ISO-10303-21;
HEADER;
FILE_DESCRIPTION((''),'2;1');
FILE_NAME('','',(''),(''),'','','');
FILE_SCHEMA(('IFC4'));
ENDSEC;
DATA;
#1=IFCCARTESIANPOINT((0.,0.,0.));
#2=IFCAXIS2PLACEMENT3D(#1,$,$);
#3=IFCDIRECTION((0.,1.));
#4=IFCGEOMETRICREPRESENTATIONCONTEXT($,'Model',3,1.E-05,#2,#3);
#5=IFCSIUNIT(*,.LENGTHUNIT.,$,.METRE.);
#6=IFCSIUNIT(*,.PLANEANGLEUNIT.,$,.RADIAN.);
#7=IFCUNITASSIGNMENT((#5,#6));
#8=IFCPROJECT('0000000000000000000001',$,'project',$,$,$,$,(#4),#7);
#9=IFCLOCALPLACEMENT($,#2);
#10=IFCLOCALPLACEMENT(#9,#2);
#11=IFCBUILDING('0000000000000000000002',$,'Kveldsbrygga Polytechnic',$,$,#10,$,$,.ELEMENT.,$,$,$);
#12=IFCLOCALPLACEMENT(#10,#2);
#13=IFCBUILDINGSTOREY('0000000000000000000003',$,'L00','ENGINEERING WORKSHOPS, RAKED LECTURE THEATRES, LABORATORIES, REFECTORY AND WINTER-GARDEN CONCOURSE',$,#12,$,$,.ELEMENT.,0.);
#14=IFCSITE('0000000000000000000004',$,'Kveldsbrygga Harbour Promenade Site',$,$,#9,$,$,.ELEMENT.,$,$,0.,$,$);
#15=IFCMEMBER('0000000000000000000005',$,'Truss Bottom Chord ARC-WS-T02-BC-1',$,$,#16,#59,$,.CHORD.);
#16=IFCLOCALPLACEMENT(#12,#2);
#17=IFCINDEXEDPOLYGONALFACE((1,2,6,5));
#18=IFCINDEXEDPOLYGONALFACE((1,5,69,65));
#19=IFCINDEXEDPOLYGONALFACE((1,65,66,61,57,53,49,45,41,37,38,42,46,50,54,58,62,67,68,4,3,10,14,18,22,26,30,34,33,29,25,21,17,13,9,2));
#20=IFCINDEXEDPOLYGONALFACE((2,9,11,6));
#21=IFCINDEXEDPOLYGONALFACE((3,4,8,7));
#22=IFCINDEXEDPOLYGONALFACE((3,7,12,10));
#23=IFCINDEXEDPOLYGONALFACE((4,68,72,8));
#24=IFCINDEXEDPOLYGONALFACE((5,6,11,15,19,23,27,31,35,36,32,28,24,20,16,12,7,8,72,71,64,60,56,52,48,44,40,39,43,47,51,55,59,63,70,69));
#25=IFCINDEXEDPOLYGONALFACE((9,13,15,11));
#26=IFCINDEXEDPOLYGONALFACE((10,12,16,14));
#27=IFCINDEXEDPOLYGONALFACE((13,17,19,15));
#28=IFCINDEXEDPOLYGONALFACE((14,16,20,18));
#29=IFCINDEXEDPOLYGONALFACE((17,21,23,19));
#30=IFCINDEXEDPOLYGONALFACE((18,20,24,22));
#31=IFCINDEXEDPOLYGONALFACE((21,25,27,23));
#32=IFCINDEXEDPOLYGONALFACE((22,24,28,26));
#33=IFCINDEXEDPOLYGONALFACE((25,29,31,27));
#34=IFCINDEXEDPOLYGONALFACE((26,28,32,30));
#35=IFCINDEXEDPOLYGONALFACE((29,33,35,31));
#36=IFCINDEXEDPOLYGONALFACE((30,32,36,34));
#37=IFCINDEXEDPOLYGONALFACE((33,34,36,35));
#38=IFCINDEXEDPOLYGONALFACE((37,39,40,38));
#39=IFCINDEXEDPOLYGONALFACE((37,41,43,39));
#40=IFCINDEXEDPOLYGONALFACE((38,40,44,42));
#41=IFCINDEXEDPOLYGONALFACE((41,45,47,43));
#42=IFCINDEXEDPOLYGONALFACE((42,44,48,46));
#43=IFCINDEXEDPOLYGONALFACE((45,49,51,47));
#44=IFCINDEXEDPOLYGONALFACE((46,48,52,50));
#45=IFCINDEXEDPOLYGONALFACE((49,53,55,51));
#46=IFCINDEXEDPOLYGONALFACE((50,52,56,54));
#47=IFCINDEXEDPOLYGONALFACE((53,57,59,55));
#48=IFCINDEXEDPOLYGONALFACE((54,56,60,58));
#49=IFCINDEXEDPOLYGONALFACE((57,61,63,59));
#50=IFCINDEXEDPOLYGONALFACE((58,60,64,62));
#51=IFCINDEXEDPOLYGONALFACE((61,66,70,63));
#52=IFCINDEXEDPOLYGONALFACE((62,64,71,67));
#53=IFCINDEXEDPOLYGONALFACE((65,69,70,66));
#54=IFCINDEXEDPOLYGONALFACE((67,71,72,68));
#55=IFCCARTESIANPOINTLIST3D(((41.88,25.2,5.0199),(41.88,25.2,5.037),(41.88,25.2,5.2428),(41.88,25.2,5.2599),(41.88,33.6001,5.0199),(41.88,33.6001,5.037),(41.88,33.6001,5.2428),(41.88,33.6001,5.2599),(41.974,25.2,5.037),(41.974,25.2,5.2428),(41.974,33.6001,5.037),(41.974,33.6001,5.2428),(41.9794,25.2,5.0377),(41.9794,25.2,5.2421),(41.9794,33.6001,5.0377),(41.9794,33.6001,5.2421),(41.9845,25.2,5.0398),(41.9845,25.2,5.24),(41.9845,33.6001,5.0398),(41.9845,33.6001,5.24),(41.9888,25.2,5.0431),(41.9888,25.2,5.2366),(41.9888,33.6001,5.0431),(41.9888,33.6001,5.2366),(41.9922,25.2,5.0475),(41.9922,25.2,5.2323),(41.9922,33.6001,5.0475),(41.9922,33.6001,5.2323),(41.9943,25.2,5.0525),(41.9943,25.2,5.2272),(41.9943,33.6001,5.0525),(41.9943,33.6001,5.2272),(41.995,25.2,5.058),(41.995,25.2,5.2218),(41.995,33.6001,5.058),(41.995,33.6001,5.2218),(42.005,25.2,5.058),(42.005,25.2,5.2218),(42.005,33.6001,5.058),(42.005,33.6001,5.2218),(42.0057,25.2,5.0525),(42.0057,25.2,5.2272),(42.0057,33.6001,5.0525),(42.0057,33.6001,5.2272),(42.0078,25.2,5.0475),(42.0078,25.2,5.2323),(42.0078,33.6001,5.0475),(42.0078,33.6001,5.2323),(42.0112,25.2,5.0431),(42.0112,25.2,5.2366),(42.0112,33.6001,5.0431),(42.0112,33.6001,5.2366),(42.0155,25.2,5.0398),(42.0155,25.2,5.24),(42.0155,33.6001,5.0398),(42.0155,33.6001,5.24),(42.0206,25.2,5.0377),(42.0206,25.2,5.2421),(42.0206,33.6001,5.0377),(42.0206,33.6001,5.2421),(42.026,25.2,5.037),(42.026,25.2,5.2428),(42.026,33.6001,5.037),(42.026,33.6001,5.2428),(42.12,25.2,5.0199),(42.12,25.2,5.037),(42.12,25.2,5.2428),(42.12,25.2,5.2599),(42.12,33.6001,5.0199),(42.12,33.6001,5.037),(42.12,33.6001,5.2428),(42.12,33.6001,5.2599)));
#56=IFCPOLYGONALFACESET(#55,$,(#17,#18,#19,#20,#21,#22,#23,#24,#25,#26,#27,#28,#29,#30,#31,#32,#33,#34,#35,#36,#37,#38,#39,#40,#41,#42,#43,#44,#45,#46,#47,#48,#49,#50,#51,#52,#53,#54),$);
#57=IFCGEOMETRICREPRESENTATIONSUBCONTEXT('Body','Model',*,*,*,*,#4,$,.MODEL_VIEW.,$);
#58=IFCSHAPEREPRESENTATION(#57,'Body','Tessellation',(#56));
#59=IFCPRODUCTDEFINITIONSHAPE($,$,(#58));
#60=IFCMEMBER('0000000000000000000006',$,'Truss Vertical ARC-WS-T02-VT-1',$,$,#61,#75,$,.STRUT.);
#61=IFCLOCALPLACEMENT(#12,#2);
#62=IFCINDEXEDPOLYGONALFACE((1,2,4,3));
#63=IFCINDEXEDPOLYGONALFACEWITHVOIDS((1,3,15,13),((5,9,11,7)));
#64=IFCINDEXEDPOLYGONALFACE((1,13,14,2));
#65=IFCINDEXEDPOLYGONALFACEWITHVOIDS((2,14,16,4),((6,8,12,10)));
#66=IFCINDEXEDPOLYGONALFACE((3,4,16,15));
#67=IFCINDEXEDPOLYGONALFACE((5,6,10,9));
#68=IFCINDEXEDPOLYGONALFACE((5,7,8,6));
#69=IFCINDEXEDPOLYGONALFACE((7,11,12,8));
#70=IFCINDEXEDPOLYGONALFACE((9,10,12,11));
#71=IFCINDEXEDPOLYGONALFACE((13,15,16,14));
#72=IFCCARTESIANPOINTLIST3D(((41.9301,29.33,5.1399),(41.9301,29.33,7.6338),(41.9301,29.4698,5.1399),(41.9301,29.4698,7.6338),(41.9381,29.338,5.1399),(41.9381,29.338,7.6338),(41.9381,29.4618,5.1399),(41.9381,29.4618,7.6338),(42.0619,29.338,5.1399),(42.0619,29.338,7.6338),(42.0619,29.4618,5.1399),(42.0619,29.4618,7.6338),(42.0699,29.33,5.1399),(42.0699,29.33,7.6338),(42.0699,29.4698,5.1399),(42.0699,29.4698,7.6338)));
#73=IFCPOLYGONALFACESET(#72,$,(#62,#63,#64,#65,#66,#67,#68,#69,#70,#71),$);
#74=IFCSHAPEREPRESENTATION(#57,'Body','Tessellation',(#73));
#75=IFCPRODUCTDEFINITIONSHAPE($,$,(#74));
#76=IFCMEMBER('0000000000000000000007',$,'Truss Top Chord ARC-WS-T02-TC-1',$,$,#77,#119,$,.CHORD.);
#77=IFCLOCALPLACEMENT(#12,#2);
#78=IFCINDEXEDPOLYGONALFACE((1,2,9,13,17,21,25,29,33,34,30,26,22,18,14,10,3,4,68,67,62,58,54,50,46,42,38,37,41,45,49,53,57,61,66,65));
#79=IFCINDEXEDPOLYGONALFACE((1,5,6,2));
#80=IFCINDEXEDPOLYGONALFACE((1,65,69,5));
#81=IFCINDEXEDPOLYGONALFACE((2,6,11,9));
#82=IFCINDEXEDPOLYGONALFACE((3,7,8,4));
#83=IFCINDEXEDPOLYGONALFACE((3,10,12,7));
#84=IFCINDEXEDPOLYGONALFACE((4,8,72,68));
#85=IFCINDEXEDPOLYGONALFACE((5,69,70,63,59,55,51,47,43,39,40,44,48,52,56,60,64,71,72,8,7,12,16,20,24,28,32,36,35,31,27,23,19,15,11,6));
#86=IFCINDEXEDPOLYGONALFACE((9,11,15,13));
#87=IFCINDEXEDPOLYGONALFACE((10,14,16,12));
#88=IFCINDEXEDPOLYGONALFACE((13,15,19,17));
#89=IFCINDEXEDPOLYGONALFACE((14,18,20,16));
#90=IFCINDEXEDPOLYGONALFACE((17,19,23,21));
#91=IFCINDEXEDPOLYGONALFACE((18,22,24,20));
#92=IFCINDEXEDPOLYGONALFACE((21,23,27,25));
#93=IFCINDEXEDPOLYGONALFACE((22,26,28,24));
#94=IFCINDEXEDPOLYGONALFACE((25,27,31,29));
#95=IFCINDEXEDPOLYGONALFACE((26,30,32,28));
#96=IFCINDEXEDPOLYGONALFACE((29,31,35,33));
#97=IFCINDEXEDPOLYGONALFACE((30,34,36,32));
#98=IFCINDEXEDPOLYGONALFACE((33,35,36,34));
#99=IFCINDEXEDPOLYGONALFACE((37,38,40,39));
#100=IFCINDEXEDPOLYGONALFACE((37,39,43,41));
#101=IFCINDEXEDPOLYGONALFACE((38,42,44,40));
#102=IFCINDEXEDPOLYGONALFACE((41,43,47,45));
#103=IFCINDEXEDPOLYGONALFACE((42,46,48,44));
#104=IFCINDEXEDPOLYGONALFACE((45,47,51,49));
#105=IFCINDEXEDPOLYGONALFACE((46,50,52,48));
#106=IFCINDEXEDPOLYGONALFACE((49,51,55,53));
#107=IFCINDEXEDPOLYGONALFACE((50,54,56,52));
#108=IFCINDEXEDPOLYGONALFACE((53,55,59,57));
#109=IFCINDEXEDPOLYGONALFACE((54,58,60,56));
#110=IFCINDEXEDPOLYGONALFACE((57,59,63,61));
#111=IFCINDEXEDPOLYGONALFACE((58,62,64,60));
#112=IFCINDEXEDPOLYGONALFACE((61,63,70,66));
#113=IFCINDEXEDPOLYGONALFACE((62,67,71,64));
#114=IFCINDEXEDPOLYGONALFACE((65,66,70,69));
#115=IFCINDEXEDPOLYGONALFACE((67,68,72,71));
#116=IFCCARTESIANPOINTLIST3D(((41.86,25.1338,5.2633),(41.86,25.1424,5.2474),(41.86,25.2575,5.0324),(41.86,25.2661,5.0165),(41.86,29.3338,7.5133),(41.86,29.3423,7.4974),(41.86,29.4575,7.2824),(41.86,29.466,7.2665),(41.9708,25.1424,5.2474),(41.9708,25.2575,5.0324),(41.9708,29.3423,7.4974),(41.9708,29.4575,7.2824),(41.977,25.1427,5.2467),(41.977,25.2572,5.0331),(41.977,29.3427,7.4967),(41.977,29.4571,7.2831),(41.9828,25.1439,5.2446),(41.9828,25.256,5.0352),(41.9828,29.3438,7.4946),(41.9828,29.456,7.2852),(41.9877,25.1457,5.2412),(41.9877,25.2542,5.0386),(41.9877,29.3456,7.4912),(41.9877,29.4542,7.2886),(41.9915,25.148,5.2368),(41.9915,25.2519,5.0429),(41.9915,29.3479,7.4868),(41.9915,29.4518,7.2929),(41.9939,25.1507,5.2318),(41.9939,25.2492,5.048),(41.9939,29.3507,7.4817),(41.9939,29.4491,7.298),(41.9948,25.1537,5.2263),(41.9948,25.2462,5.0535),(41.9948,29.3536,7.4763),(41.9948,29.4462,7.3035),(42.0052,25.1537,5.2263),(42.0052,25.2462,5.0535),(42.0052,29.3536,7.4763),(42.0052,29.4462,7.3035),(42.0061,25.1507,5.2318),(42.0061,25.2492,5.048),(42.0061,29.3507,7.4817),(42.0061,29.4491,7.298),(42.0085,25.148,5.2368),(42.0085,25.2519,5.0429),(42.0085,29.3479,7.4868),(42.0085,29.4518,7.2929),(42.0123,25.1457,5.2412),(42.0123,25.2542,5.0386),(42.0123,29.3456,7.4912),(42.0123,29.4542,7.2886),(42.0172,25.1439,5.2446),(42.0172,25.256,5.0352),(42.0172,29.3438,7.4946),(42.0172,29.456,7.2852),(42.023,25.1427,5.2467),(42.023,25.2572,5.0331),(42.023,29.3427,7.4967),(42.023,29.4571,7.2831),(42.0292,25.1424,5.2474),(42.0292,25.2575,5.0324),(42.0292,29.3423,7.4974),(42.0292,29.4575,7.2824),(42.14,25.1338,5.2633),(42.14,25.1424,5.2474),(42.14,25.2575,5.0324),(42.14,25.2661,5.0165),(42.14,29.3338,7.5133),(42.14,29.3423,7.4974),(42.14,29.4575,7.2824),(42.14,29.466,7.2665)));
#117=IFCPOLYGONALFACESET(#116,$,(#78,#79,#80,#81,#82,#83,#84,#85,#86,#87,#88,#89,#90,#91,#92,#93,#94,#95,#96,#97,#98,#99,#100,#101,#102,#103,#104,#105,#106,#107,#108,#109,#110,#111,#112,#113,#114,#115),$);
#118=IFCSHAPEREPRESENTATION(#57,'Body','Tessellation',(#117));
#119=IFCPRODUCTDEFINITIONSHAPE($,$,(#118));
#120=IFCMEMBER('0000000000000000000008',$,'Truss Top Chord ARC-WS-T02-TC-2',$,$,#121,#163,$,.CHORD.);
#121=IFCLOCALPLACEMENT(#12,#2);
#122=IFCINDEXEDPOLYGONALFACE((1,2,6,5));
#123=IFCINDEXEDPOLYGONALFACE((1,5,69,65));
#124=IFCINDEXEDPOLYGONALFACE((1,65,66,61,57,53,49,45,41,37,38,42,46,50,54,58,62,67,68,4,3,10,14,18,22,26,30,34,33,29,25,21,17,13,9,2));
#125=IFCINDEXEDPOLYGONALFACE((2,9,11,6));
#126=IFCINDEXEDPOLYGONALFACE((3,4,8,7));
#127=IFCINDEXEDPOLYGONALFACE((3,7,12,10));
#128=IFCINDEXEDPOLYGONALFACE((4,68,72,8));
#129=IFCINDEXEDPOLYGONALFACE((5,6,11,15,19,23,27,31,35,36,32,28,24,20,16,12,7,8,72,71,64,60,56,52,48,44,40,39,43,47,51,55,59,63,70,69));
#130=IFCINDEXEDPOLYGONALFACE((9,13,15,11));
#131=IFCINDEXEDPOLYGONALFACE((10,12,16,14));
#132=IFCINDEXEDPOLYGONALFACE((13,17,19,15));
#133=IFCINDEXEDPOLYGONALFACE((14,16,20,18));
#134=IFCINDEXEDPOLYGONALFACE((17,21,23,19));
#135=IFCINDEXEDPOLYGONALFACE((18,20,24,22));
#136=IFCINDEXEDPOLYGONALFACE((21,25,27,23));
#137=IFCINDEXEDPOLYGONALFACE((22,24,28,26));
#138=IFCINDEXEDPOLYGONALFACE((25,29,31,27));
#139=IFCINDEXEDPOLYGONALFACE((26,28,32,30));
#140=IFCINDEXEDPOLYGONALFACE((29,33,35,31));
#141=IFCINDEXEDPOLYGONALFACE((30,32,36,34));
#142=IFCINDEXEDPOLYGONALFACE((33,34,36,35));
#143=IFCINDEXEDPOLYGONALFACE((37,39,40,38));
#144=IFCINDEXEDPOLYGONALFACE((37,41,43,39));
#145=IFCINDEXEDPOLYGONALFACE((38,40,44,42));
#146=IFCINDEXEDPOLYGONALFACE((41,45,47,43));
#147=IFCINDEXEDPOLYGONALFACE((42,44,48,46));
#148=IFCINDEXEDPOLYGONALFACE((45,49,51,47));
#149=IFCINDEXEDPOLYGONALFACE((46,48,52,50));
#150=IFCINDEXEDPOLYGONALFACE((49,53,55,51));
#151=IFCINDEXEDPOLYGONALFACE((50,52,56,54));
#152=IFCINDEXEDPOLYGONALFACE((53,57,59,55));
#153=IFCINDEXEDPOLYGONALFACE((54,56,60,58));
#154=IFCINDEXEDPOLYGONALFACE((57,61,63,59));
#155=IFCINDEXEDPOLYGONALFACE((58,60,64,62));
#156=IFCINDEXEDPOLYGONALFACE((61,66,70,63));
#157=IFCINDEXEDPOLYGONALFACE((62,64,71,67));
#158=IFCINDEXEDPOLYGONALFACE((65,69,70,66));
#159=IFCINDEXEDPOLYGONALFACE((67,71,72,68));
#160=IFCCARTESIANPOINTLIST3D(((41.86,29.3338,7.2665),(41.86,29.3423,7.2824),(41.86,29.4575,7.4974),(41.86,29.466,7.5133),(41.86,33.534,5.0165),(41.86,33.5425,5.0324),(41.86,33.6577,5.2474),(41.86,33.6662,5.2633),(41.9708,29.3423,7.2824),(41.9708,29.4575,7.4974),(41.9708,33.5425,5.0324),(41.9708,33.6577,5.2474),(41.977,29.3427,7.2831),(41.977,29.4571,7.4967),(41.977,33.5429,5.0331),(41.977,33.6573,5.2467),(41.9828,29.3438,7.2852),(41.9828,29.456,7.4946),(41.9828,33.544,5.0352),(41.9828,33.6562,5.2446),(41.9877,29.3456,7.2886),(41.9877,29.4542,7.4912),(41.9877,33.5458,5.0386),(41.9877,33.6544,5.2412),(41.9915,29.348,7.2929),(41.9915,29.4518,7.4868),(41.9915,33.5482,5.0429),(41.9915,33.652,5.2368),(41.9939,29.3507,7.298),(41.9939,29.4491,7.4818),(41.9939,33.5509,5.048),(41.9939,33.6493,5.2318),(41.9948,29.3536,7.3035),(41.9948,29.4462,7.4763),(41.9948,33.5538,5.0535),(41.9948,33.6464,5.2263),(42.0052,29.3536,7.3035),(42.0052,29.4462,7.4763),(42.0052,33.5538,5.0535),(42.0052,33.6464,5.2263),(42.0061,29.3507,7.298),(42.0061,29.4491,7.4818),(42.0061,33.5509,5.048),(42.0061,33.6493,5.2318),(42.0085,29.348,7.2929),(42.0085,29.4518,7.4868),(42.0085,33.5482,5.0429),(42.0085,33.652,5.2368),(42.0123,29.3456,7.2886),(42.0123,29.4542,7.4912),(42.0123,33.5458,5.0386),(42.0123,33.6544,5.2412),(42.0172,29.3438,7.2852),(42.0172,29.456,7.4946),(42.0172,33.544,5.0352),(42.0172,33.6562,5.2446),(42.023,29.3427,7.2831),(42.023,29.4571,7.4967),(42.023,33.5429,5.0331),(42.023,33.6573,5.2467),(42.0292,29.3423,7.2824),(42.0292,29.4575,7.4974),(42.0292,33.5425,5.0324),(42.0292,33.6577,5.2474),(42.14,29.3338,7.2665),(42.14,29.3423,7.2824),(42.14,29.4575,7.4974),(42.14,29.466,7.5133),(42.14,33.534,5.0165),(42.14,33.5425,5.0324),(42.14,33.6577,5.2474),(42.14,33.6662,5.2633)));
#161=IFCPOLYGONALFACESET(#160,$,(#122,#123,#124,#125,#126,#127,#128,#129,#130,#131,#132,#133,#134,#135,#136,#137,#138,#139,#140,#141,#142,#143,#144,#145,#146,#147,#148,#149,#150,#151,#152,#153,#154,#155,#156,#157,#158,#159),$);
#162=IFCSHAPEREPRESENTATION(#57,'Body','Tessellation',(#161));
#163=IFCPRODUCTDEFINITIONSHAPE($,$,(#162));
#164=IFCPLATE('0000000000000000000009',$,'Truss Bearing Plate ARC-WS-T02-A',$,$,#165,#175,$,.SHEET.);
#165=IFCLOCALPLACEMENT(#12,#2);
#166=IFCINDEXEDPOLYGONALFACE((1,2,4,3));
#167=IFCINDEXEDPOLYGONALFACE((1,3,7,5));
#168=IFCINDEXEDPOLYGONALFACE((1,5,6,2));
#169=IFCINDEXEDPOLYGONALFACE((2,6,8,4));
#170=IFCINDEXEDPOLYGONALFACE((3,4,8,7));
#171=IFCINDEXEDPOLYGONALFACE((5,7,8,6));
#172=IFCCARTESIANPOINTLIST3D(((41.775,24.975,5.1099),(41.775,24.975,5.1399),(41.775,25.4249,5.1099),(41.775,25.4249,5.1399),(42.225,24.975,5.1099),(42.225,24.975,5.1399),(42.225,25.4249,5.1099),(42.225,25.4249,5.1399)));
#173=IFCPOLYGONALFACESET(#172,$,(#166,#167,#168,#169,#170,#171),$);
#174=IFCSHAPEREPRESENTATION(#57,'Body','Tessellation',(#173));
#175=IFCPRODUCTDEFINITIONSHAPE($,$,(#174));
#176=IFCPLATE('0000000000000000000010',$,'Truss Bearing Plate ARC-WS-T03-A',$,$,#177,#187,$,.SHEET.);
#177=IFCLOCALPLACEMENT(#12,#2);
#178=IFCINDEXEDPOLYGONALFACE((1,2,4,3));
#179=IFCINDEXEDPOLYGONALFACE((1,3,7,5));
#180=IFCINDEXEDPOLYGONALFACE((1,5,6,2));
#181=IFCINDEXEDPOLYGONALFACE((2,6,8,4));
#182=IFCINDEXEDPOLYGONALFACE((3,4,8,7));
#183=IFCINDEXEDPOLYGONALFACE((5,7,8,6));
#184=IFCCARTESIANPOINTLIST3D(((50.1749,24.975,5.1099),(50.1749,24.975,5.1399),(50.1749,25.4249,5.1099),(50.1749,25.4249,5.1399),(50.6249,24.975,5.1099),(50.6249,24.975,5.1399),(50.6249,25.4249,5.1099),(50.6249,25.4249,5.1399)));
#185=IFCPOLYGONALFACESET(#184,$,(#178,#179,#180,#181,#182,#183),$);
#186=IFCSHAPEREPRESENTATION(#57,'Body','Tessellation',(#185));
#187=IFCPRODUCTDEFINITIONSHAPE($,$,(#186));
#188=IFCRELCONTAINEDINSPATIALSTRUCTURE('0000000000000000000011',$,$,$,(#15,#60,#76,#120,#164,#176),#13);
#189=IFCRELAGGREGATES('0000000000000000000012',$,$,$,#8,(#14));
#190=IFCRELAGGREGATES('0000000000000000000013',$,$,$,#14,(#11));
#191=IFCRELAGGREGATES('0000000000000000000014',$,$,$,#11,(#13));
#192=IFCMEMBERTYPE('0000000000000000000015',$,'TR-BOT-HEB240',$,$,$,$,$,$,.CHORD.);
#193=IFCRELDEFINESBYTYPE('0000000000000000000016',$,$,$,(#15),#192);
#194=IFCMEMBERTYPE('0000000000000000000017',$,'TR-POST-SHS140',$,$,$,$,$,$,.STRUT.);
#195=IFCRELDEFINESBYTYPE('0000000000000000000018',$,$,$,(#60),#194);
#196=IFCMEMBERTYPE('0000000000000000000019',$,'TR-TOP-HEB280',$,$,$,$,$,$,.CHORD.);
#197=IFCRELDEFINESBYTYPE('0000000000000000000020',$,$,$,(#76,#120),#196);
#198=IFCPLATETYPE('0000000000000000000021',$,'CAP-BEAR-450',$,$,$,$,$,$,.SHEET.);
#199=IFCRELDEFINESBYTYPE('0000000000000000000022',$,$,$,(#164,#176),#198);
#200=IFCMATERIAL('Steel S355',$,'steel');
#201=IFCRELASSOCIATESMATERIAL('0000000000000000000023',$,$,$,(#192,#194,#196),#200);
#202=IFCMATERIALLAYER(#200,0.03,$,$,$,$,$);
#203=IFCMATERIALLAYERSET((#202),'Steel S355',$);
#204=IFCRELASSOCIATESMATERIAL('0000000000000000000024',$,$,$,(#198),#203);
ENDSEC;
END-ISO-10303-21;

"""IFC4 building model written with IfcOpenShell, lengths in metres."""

from ifc_helpers import new_model, si_unit, direction, frame, origin, origin_2d, place, context, subcontext, project, spatial, rectangle, hollow_rectangle, i_section, extrude, material, layer, layer_set, material_profile, profile_set, type_object, element, save


model = new_model("IFC4")

# Units and contexts
model_context = context("Model", 3, precision=1e-05, world=origin(), true_north=direction((0.0, 1.0)))
body_context = subcontext(model_context, "Body", "Model", "MODEL_VIEW")
ifc_project = project(units=[si_unit("LENGTHUNIT", "METRE"), si_unit("PLANEANGLEUNIT", "RADIAN")], contexts=[model_context])

# Site, building, storey
site_placement = place(None, origin())
site = spatial("IfcSite", under=ifc_project, at=site_placement, Name="Kveldsbrygga Harbour Promenade Site", CompositionType="ELEMENT", RefElevation=0.0)
building_placement = place(site_placement, origin())
building = spatial("IfcBuilding", under=site, at=building_placement, Name="Kveldsbrygga Polytechnic", CompositionType="ELEMENT")
storey_placement = place(building_placement, origin())
storey = spatial("IfcBuildingStorey", under=building, at=storey_placement, Name="L00", Description="ENGINEERING WORKSHOPS, RAKED LECTURE THEATRES, LABORATORIES, REFECTORY AND WINTER-GARDEN CONCOURSE", CompositionType="ELEMENT", Elevation=0.0)

# Shared definitions
ifc_material_1 = material(Name="Steel S355", Category="steel")

# Members
ifc_material_profile_1 = material_profile(ifc_material_1, i_section(OverallWidth=0.24, OverallDepth=0.24, WebThickness=0.01, FlangeThickness=0.0171, FilletRadius=0.021, at=origin_2d()), Name="HEB 240")
ifc_profile_set_1 = profile_set([ifc_material_profile_1], Name="Steel S355")
member_type_1 = type_object("IfcMemberType", Name="TR-BOT-HEB240", PredefinedType="CHORD", material=ifc_profile_set_1)
member_1_placement = place(storey_placement, frame((42.0, 25.2, 5.1399), z_axis=(0.0, 1.0, 0.0), x_axis=(-1.0, 0.0, 0.0)))
element("IfcMember", 1, at=member_1_placement, inside=storey, type_object=member_type_1, Name="Truss Bottom Chord ARC-WS-T02-BC-1", PredefinedType="CHORD", context=body_context, shape_type="SweptSolid", body=[
    extrude(i_section(OverallWidth=0.24, OverallDepth=0.24, WebThickness=0.01, FlangeThickness=0.0171, FilletRadius=0.021, at=origin_2d()), origin(), (0.0, 0.0, 1.0), 8.4001),
])
ifc_material_profile_2 = material_profile(ifc_material_1, hollow_rectangle(XDim=0.1399, YDim=0.1399, WallThickness=0.0081, at=origin_2d()), Name="SHS 140x140x8.0")
ifc_profile_set_2 = profile_set([ifc_material_profile_2], Name="Steel S355")
member_type_2 = type_object("IfcMemberType", Name="TR-POST-SHS140", PredefinedType="STRUT", material=ifc_profile_set_2)
member_2_placement = place(storey_placement, frame((42.0, 29.3999, 5.1399), z_axis=(0.0, 0.0, 1.0), x_axis=(1.0, 0.0, 0.0)))
element("IfcMember", 2, at=member_2_placement, inside=storey, type_object=member_type_2, Name="Truss Vertical ARC-WS-T02-VT-1", PredefinedType="STRUT", context=body_context, shape_type="SweptSolid", body=[
    extrude(hollow_rectangle(XDim=0.1399, YDim=0.1399, WallThickness=0.0081, at=origin_2d()), origin(), (0.0, 0.0, 1.0), 2.4939),
])
ifc_material_profile_3 = material_profile(ifc_material_1, i_section(OverallWidth=0.28, OverallDepth=0.28, WebThickness=0.0105, FlangeThickness=0.0181, FilletRadius=0.0239, at=origin_2d()), Name="HEB 280")
ifc_profile_set_3 = profile_set([ifc_material_profile_3], Name="Steel S355")
member_type_3 = type_object("IfcMemberType", Name="TR-TOP-HEB280", PredefinedType="CHORD", material=ifc_profile_set_3)
member_3_placement = place(storey_placement, frame((42.0, 25.2, 5.1399), z_axis=(0.0, 0.881478, 0.472226), x_axis=(-1.0, 0.0, 0.0)))
element("IfcMember", 3, at=member_3_placement, inside=storey, type_object=member_type_3, Name="Truss Top Chord ARC-WS-T02-TC-1", PredefinedType="CHORD", context=body_context, shape_type="SweptSolid", body=[
    extrude(i_section(OverallWidth=0.28, OverallDepth=0.28, WebThickness=0.0105, FlangeThickness=0.0181, FilletRadius=0.0239, at=origin_2d()), origin(), (0.0, 0.0, 1.0), 4.7646),
])
member_4_placement = place(storey_placement, frame((42.0, 29.3999, 7.3899), z_axis=(0.0, 0.881489, -0.472204), x_axis=(-1.0, 0.0, 0.0)))
element("IfcMember", 4, at=member_4_placement, inside=storey, type_object=member_type_3, Name="Truss Top Chord ARC-WS-T02-TC-2", PredefinedType="CHORD", context=body_context, shape_type="SweptSolid", body=[
    extrude(i_section(OverallWidth=0.28, OverallDepth=0.28, WebThickness=0.0105, FlangeThickness=0.0181, FilletRadius=0.0239, at=origin_2d()), origin(), (0.0, 0.0, 1.0), 4.7649),
])

# Plates
ifc_layer_1 = layer(ifc_material_1, 0.03)
ifc_layer_set_1 = layer_set([ifc_layer_1], Name="Steel S355")
plate_type_1 = type_object("IfcPlateType", Name="CAP-BEAR-450", PredefinedType="SHEET", material=ifc_layer_set_1)
for number, where, z_axis, x_axis, name in (
    (5, (42.0, 25.2, 5.1099), (0.0, 0.0, 1.0), (1.0, 0.0, 0.0), "Truss Bearing Plate ARC-WS-T02-A"),
    (6, (50.3999, 25.2, 5.1099), (0.0, 0.0, 1.0), (1.0, 0.0, 0.0), "Truss Bearing Plate ARC-WS-T03-A"),
):
    element("IfcPlate", number, at=place(storey_placement, frame(where, z_axis=z_axis, x_axis=x_axis)), inside=storey, type_object=plate_type_1, Name=name, PredefinedType="SHEET", context=body_context, shape_type="SweptSolid", body=[
        extrude(rectangle(XDim=0.45, YDim=0.45, at=origin_2d()), origin(), (0.0, 0.0, 1.0), 0.03),
    ])

save(model, "model.ifc")
